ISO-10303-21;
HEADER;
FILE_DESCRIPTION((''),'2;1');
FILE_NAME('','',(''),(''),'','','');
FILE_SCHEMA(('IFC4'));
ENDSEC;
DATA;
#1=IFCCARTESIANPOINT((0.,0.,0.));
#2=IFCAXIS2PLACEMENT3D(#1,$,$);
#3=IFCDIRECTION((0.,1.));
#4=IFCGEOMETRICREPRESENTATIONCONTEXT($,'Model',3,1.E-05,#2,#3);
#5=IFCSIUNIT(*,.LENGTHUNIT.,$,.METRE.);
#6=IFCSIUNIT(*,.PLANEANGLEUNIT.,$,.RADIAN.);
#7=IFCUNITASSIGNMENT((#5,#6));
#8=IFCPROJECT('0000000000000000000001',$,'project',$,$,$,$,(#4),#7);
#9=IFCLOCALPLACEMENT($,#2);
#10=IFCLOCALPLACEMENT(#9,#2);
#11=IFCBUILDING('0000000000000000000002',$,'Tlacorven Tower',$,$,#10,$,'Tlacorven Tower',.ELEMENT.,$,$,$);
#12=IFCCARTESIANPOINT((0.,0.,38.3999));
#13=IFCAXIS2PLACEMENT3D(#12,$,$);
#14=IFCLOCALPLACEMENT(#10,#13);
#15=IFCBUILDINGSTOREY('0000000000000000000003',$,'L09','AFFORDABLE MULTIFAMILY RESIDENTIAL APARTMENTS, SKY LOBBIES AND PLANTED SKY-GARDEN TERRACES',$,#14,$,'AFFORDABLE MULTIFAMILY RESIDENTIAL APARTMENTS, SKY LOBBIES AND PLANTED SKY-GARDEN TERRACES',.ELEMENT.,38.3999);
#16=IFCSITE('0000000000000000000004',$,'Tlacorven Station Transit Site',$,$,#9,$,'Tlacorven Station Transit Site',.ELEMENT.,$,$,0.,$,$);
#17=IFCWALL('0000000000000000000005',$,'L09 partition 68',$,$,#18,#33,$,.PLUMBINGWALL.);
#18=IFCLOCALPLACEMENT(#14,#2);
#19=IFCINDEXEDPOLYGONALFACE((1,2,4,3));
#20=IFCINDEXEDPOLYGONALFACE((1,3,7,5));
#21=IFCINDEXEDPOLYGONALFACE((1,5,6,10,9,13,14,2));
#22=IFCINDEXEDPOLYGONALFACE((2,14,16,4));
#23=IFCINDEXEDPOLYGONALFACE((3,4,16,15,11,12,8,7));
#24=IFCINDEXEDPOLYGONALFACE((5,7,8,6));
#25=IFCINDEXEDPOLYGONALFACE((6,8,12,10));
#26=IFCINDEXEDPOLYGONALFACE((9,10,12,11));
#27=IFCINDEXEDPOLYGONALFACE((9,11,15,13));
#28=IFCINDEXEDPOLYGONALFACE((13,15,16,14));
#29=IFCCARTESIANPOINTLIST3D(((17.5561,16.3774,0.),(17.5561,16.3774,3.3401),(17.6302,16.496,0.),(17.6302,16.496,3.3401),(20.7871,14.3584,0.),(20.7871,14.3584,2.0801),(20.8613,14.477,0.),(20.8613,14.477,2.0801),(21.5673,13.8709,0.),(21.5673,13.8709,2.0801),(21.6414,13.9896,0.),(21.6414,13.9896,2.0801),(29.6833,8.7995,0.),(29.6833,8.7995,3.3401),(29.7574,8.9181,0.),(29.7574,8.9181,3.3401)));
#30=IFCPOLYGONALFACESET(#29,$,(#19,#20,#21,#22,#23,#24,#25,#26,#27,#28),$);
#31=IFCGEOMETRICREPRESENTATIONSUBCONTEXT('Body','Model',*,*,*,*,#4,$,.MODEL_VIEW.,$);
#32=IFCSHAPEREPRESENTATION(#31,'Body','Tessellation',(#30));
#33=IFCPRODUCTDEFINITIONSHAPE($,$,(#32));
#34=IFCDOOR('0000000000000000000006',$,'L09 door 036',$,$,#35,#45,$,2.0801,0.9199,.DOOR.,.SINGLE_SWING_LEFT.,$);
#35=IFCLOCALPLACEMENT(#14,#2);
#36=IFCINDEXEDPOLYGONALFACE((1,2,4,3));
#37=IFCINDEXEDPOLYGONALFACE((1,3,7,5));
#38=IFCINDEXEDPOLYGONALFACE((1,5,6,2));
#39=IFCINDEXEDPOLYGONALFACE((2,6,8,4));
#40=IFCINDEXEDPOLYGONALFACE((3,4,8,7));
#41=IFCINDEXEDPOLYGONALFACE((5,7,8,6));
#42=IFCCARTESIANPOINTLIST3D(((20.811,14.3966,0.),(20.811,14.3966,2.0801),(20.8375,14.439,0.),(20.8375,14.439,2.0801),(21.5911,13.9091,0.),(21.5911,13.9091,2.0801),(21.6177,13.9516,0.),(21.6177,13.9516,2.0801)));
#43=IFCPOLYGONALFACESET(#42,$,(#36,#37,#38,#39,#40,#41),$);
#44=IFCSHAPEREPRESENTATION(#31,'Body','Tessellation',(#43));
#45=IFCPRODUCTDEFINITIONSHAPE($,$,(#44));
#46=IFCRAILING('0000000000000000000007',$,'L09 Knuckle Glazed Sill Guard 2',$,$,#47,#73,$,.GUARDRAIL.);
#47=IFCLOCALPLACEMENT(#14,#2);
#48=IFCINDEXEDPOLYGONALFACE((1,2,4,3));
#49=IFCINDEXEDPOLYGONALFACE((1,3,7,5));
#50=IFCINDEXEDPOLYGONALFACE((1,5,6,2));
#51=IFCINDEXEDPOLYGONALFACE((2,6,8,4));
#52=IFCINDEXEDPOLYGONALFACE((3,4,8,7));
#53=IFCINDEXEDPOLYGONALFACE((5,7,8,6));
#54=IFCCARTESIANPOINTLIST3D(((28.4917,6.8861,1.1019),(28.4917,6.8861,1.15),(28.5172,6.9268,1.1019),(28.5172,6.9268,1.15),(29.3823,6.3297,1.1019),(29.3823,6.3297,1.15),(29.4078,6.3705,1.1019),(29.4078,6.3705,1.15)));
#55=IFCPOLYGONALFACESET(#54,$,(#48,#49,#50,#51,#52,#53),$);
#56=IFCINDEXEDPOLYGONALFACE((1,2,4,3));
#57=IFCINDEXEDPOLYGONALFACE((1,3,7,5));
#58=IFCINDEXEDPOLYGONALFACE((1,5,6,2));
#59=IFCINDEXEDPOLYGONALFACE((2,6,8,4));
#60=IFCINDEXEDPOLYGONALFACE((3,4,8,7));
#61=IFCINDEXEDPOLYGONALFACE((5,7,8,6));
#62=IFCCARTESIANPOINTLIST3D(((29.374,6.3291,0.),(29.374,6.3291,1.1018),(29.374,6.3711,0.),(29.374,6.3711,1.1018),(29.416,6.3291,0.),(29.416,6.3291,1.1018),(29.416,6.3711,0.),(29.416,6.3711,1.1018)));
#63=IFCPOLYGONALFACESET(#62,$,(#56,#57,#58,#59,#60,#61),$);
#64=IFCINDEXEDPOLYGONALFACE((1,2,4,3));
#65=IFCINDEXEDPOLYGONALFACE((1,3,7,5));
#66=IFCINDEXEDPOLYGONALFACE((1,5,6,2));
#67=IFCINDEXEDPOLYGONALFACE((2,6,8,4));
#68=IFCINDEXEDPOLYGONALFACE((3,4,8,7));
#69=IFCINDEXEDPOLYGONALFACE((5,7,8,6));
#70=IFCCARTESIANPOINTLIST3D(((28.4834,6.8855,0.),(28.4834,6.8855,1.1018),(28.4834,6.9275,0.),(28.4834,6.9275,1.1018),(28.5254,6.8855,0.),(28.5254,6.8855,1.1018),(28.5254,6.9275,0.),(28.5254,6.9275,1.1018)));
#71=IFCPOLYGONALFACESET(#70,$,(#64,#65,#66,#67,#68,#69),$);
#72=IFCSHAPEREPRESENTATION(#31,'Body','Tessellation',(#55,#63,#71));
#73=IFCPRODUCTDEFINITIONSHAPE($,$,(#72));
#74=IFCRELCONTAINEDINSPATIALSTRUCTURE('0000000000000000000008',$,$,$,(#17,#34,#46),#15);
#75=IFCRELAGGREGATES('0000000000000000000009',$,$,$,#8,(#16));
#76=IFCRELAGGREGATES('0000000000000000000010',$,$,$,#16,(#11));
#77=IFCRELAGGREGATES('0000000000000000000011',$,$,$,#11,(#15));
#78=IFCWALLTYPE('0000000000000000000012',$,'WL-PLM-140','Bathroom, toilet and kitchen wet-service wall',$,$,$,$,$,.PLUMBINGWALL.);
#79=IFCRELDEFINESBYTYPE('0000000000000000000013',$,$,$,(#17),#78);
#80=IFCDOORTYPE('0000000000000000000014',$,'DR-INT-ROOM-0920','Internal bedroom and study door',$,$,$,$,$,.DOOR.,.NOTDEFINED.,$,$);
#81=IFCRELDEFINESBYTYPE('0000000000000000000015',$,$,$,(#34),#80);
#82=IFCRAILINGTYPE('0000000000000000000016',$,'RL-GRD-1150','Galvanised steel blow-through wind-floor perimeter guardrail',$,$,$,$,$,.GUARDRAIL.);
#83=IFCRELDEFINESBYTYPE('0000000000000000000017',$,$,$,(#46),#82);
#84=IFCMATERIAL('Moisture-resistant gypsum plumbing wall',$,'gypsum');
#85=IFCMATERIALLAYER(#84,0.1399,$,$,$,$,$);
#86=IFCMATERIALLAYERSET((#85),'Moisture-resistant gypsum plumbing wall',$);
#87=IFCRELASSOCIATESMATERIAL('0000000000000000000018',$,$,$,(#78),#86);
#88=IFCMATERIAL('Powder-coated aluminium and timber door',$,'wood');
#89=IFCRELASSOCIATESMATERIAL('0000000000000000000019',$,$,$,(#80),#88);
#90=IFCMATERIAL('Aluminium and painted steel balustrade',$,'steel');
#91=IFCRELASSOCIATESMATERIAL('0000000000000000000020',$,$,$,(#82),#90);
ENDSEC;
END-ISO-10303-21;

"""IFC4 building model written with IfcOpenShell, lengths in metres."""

from ifc_helpers import new_model, si_unit, direction, frame, frame_2d, origin, origin_2d, place, context, subcontext, project, spatial, rectangle, extrude, source, transform, mapped, material, layer, layer_set, type_object, element, fill, save


model = new_model("IFC4")

# Units and contexts
model_context = context("Model", 3, precision=1e-05, world=origin(), true_north=direction((0.0, 1.0)))
body_context = subcontext(model_context, "Body", "Model", "MODEL_VIEW")
ifc_project = project(units=[si_unit("LENGTHUNIT", "METRE"), si_unit("PLANEANGLEUNIT", "RADIAN")], contexts=[model_context])

# Site, building, storey
site_placement = place(None, origin())
site = spatial("IfcSite", under=ifc_project, at=site_placement, Name="Tlacorven Station Transit Site", LongName="Tlacorven Station Transit Site", CompositionType="ELEMENT", RefElevation=0.0)
building_placement = place(site_placement, origin())
building = spatial("IfcBuilding", under=site, at=building_placement, Name="Tlacorven Tower", LongName="Tlacorven Tower", CompositionType="ELEMENT")
storey_placement = place(building_placement, frame((0.0, 0.0, 38.3999)))
storey = spatial("IfcBuildingStorey", under=building, at=storey_placement, Name="L09", Description="AFFORDABLE MULTIFAMILY RESIDENTIAL APARTMENTS, SKY LOBBIES AND PLANTED SKY-GARDEN TERRACES", LongName="AFFORDABLE MULTIFAMILY RESIDENTIAL APARTMENTS, SKY LOBBIES AND PLANTED SKY-GARDEN TERRACES", CompositionType="ELEMENT", Elevation=38.3999)

# Shared definitions
ifc_material_1 = material(Name="Powder-coated aluminium and timber door", Category="wood")

# Wall, opening, door
ifc_material_2 = material(Name="Moisture-resistant gypsum plumbing wall", Category="gypsum")
ifc_layer_1 = layer(ifc_material_2, 0.1399)
ifc_layer_set_1 = layer_set([ifc_layer_1], Name="Moisture-resistant gypsum plumbing wall")
wall_type_1 = type_object("IfcWallType", Name="WL-PLM-140", Description="Bathroom, toilet and kitchen wet-service wall", PredefinedType="PLUMBINGWALL", material=ifc_layer_set_1)
wall_1_placement = place(storey_placement, frame((29.7202, 8.8589, 0.0), z_axis=(0.0, 0.0, 1.0), x_axis=(-0.848049, 0.529918, 0.0)))
wall_1 = element("IfcWall", 1, at=wall_1_placement, inside=storey, type_object=wall_type_1, Name="L09 partition 68", PredefinedType="PLUMBINGWALL", context=body_context, shape_type="SweptSolid", body=[
    extrude(rectangle(XDim=14.3, YDim=0.1399, at=frame_2d((7.1499, 0.0))), origin(), (0.0, 0.0, 1.0), 3.3401),
])
opening_1_placement = place(wall_1_placement, frame((9.5701, 0.0, 0.0)))
opening_1 = element("IfcOpeningElement", 2, at=opening_1_placement, cuts=wall_1, PredefinedType="OPENING", context=body_context, shape_type="SweptSolid", body=[
    extrude(rectangle(XDim=0.9199, YDim=2.0801, at=frame_2d((0.46, 1.04))), frame((0.0, 0.0801, 0.0), z_axis=(0.0, -1.0, 0.0), x_axis=(1.0, 0.0, 0.0)), (0.0, 0.0, 1.0), 0.1599),
])
door_type_1 = type_object("IfcDoorType", Name="DR-INT-ROOM-0920", Description="Internal bedroom and study door", OperationType="NOTDEFINED", PredefinedType="DOOR", material=ifc_material_1)
shared_shape_1 = source(origin(), body_context, "Body", "SweptSolid", [
    extrude(rectangle(XDim=0.9199, YDim=2.0801, at=frame_2d((0.46, 1.04))), frame((0.0, 0.0249, 0.0), z_axis=(0.0, -1.0, 0.0), x_axis=(1.0, 0.0, 0.0)), (0.0, 0.0, 1.0), 0.05),
])
door_1_placement = place(opening_1_placement, origin())
door_1 = element("IfcDoor", 3, at=door_1_placement, inside=storey, type_object=door_type_1, Name="L09 door 036", OperationType="SINGLE_SWING_LEFT", OverallHeight=2.0801, OverallWidth=0.9199, PredefinedType="DOOR", context=body_context, shape_type="MappedRepresentation", body=[
    mapped(shared_shape_1, transform((0.0, 0.0, 0.0), scale=1.0)),
])
fill(opening_1, door_1)

# Railing
ifc_material_3 = material(Name="Aluminium and painted steel balustrade", Category="steel")
railing_type = type_object("IfcRailingType", Name="RL-GRD-1150", Description="Galvanised steel blow-through wind-floor perimeter guardrail", PredefinedType="GUARDRAIL", material=ifc_material_3)
shared_shape_2 = source(origin(), body_context, "Body", "SweptSolid", [
    extrude(rectangle(XDim=0.0481, YDim=0.0481, at=origin_2d()), frame((0.0, 0.0, 1.126), z_axis=(-0.848103, 0.529832, 0.0), x_axis=(-0.529832, -0.848103, 0.0)), (0.0, 0.0, 1.0), 1.05),
    extrude(rectangle(XDim=0.042, YDim=0.042, at=origin_2d()), origin(), (0.0, 0.0, 1.0), 1.1018),
    extrude(rectangle(XDim=0.042, YDim=0.042, at=origin_2d()), frame((-0.8906, 0.5564, 0.0)), (0.0, 0.0, 1.0), 1.1018),
])
railing_placement = place(storey_placement, frame((29.395, 6.3501, 0.0)))
element("IfcRailing", 4, at=railing_placement, inside=storey, type_object=railing_type, Name="L09 Knuckle Glazed Sill Guard 2", PredefinedType="GUARDRAIL", context=body_context, shape_type="MappedRepresentation", body=[
    mapped(shared_shape_2, transform((0.0, 0.0, 0.0), scale=1.0)),
])

save(model, "model.ifc")
